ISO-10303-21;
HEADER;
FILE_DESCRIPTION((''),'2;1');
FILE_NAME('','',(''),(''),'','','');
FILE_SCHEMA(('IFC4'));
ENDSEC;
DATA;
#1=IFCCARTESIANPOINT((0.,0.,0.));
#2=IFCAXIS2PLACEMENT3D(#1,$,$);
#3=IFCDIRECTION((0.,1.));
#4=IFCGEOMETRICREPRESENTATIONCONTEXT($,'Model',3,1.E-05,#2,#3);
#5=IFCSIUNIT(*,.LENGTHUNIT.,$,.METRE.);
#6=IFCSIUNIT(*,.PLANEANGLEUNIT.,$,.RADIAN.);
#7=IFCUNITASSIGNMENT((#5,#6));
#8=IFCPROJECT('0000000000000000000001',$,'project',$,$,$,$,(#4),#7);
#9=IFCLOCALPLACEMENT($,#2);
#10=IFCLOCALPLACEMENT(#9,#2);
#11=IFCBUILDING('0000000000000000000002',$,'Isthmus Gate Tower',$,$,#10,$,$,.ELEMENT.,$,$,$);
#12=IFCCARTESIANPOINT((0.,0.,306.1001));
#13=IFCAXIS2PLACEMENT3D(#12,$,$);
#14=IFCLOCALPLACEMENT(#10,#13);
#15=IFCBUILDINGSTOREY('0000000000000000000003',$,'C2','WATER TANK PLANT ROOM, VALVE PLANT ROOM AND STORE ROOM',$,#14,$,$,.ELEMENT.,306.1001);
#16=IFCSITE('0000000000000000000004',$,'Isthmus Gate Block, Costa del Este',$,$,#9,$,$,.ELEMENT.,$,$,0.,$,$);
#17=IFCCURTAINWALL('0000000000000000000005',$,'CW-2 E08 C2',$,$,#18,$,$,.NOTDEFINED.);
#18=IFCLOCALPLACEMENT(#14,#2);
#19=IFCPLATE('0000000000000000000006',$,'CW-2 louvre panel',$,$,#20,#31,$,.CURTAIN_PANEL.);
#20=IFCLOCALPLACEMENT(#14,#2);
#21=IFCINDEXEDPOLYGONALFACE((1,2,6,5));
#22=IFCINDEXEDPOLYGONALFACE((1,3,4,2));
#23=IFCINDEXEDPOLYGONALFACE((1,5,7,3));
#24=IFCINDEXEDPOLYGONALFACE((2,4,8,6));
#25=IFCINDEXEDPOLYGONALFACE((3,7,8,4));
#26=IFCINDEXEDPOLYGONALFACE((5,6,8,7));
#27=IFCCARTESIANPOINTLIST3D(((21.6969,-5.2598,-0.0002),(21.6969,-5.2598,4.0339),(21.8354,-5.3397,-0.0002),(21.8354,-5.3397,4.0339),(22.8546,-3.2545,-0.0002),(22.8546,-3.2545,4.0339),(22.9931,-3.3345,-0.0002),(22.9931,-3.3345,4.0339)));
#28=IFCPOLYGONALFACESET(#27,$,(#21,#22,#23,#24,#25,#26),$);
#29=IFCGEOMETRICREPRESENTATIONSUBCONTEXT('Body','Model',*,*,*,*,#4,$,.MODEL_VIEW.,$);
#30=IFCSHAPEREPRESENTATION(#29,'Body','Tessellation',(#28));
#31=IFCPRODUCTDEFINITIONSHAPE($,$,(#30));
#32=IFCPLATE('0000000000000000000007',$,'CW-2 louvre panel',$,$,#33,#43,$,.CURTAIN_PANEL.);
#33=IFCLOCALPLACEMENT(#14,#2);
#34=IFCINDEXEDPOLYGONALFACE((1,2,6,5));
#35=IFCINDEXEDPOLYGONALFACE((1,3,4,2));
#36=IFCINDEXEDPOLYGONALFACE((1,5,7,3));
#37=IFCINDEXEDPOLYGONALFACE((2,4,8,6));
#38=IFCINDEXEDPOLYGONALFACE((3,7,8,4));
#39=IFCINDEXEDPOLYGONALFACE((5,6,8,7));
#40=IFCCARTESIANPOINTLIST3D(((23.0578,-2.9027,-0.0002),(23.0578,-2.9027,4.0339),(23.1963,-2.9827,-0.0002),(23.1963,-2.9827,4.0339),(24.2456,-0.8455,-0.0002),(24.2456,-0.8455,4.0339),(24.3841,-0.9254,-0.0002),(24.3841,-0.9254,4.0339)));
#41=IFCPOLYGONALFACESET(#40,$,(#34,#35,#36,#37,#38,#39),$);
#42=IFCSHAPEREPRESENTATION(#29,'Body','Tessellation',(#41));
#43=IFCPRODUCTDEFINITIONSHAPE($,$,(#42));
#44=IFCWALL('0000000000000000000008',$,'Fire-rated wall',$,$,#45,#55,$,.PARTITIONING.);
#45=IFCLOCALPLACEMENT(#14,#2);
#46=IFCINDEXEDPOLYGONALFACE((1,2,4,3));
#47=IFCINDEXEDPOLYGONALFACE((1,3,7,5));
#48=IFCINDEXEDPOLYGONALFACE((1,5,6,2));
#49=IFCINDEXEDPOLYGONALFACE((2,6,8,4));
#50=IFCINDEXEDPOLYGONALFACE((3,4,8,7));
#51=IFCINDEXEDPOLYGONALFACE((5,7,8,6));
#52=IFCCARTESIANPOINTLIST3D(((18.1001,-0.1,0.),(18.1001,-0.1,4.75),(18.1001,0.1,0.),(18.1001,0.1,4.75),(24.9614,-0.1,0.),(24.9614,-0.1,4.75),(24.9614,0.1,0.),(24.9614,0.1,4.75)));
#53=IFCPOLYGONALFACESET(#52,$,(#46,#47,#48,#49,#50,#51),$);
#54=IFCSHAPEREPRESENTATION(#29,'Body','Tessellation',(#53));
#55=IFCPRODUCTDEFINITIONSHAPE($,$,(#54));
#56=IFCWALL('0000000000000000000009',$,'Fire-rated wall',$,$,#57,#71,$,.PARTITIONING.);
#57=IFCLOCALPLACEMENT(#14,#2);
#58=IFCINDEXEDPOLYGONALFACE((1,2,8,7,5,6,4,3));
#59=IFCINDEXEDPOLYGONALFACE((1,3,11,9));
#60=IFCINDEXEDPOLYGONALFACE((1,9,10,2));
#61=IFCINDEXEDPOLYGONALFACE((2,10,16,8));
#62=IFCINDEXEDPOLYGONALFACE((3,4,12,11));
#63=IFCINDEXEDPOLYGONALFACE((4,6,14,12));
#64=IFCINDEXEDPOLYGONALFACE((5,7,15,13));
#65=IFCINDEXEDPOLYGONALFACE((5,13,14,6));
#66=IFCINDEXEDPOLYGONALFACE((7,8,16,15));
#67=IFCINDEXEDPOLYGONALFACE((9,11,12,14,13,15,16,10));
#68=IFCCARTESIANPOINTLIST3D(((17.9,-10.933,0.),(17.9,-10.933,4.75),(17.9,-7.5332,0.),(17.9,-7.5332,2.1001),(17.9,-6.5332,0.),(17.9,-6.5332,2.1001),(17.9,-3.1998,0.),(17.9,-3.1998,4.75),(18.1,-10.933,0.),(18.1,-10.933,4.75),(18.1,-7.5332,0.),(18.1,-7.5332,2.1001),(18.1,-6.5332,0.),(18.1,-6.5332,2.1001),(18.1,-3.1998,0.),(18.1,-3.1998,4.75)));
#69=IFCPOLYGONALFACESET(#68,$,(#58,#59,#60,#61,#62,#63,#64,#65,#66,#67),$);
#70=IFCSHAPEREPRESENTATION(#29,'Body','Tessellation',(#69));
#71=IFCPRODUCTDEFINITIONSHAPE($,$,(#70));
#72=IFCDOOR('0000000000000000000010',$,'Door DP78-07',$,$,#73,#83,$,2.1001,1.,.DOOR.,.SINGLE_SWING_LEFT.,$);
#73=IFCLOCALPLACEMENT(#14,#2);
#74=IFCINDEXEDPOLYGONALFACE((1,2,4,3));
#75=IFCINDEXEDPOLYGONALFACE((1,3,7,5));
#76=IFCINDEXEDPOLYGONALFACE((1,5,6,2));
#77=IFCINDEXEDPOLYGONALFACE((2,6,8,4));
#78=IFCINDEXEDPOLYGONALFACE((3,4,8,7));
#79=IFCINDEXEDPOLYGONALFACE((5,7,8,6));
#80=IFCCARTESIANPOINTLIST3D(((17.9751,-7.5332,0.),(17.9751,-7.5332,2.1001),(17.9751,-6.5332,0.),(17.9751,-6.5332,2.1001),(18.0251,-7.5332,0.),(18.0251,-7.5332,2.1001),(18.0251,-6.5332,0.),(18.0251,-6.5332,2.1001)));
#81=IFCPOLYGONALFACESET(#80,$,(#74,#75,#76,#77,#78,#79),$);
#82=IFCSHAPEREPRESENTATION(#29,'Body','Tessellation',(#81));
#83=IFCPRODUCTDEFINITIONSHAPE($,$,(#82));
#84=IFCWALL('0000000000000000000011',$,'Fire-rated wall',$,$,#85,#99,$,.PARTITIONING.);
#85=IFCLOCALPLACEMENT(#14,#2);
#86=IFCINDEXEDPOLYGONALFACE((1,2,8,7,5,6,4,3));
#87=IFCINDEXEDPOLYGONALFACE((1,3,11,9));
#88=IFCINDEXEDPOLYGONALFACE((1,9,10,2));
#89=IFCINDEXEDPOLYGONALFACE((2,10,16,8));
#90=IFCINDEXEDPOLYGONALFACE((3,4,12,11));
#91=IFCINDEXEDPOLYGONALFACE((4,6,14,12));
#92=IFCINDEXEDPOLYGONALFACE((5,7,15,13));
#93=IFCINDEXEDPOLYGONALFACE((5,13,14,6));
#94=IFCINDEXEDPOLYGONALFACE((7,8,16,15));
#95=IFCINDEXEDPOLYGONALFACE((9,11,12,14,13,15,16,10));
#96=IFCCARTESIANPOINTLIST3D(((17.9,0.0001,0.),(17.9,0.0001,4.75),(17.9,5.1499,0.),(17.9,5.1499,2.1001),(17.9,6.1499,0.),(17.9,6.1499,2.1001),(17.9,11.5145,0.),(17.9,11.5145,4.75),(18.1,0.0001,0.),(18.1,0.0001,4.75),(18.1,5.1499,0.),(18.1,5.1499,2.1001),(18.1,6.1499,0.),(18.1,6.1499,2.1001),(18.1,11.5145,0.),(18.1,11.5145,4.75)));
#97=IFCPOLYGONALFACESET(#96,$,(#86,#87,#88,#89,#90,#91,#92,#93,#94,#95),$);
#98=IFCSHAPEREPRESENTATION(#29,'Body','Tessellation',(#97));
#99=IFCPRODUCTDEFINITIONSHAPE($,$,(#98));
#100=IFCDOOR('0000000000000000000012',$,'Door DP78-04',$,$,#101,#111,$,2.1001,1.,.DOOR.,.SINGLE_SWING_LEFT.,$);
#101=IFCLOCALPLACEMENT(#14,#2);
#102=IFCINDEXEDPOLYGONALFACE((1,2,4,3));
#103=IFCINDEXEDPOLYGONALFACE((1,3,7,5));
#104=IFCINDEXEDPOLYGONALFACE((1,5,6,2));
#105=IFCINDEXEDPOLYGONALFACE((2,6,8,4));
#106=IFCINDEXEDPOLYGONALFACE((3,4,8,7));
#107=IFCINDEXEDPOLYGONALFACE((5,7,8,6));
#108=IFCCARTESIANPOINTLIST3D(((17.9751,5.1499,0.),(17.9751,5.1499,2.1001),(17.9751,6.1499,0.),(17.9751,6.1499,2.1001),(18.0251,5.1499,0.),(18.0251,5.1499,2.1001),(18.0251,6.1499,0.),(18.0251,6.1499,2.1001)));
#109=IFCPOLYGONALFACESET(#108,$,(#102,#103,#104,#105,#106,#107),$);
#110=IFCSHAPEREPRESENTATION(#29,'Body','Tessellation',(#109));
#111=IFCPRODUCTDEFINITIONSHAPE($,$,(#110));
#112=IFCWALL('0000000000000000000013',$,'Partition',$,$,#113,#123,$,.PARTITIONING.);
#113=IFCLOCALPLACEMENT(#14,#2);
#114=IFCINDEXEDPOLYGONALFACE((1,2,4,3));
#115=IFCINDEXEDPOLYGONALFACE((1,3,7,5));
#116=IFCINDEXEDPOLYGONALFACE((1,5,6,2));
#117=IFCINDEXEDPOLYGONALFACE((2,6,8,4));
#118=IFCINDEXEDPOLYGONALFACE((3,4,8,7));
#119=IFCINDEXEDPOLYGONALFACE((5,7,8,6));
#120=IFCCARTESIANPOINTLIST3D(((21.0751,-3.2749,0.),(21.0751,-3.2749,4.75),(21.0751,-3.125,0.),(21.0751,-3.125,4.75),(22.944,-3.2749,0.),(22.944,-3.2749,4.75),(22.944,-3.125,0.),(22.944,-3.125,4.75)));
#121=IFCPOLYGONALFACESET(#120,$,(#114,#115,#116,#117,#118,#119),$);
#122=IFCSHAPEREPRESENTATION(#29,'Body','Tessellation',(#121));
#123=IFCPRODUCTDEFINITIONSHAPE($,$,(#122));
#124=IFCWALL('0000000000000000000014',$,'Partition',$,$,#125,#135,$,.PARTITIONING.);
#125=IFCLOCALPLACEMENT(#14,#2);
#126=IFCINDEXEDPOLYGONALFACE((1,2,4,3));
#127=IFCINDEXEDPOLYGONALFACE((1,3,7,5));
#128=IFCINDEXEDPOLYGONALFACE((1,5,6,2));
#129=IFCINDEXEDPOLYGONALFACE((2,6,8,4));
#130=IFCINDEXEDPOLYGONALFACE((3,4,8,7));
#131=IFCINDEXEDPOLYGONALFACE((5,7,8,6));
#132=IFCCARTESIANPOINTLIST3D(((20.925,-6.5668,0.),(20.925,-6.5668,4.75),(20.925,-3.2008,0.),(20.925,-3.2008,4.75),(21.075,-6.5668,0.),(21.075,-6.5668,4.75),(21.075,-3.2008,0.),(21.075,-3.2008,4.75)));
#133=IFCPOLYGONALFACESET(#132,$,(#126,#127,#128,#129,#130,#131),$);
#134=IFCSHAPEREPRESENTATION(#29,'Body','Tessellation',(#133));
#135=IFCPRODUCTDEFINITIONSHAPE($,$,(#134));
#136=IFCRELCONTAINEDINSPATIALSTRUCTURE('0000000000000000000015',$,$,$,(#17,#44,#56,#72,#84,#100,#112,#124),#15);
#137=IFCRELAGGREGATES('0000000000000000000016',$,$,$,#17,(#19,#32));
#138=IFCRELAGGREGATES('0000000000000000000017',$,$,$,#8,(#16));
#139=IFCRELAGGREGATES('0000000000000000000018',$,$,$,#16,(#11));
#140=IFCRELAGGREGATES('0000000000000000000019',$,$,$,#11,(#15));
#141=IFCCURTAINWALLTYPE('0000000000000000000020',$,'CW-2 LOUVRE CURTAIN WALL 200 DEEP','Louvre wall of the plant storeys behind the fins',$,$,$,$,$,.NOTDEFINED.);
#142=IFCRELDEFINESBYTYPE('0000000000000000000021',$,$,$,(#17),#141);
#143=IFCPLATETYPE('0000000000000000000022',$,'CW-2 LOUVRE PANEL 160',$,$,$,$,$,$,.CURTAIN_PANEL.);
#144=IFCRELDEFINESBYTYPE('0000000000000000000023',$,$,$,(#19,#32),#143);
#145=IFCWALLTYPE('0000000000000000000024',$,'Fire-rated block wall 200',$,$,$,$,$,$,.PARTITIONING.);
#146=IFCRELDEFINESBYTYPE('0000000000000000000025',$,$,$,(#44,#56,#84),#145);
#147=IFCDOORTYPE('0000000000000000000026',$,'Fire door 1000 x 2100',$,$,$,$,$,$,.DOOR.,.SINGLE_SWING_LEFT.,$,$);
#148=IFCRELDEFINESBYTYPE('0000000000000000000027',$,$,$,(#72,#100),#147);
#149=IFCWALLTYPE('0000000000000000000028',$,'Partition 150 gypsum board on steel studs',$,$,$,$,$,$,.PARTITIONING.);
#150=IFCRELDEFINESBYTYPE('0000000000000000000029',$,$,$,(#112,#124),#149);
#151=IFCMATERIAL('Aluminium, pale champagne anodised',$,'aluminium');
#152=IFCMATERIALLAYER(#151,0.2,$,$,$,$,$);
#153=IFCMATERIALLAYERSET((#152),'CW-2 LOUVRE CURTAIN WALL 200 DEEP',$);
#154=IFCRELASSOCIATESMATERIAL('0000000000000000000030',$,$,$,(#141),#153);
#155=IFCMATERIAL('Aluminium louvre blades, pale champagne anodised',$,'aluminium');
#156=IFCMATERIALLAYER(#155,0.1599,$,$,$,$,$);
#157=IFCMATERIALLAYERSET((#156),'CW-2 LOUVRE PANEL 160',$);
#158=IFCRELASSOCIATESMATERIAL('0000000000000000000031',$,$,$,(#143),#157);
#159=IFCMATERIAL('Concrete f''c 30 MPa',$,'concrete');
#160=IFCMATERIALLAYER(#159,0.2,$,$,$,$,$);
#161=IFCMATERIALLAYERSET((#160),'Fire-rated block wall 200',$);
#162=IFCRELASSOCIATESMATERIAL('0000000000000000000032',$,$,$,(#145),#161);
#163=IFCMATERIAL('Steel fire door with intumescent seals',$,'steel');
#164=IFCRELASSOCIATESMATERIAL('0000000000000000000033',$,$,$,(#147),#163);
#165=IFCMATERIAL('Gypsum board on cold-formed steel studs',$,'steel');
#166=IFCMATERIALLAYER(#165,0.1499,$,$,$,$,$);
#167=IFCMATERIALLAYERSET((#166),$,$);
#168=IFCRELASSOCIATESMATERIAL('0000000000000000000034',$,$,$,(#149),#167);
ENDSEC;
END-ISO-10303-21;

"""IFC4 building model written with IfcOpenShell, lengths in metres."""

from ifc_helpers import new_model, si_unit, direction, frame, frame_2d, origin, origin_2d, place, context, subcontext, project, spatial, rectangle, extrude, material, layer, layer_set, type_object, element, fill, aggregate, save


model = new_model("IFC4")

# Units and contexts
model_context = context("Model", 3, precision=1e-05, world=origin(), true_north=direction((0.0, 1.0)))
body_context = subcontext(model_context, "Body", "Model", "MODEL_VIEW")
ifc_project = project(units=[si_unit("LENGTHUNIT", "METRE"), si_unit("PLANEANGLEUNIT", "RADIAN")], contexts=[model_context])

# Site, building, storey
site_placement = place(None, origin())
site = spatial("IfcSite", under=ifc_project, at=site_placement, Name="Isthmus Gate Block, Costa del Este", CompositionType="ELEMENT", RefElevation=0.0)
building_placement = place(site_placement, origin())
building = spatial("IfcBuilding", under=site, at=building_placement, Name="Isthmus Gate Tower", CompositionType="ELEMENT")
storey_placement = place(building_placement, frame((0.0, 0.0, 306.1001)))
storey = spatial("IfcBuildingStorey", under=building, at=storey_placement, Name="C2", Description="WATER TANK PLANT ROOM, VALVE PLANT ROOM AND STORE ROOM", CompositionType="ELEMENT", Elevation=306.1001)

# Curtain wall, plates
ifc_material_1 = material(Name="Aluminium, pale champagne anodised", Category="aluminium")
ifc_layer_1 = layer(ifc_material_1, 0.2)
ifc_layer_set_1 = layer_set([ifc_layer_1], Name="CW-2 LOUVRE CURTAIN WALL 200 DEEP")
curtain_wall_type = type_object("IfcCurtainWallType", Name="CW-2 LOUVRE CURTAIN WALL 200 DEEP", Description="Louvre wall of the plant storeys behind the fins", PredefinedType="NOTDEFINED", material=ifc_layer_set_1)
curtain_wall_placement = place(storey_placement, origin())
curtain_wall = element("IfcCurtainWall", 1, at=curtain_wall_placement, inside=storey, type_object=curtain_wall_type, Name="CW-2 E08 C2", PredefinedType="NOTDEFINED")
ifc_material_2 = material(Name="Aluminium louvre blades, pale champagne anodised", Category="aluminium")
ifc_layer_2 = layer(ifc_material_2, 0.1599)
ifc_layer_set_2 = layer_set([ifc_layer_2], Name="CW-2 LOUVRE PANEL 160")
plate_type = type_object("IfcPlateType", Name="CW-2 LOUVRE PANEL 160", PredefinedType="CURTAIN_PANEL", material=ifc_layer_set_2)
plate_1_placement = place(storey_placement, frame((22.345, -4.2971, -0.0002), z_axis=(0.0, 0.0, 1.0), x_axis=(0.5, 0.866025, 0.0)))
plate_1 = element("IfcPlate", 2, at=plate_1_placement, type_object=plate_type, Name="CW-2 louvre panel", PredefinedType="CURTAIN_PANEL", context=body_context, shape_type="SweptSolid", body=[
    extrude(rectangle(XDim=2.3154, YDim=0.1599, at=origin_2d()), origin(), (0.0, 0.0, 1.0), 4.0342),
])
plate_2_placement = place(storey_placement, frame((23.7209, -1.9141, -0.0002), z_axis=(0.0, 0.0, 1.0), x_axis=(0.5, 0.866025, 0.0)))
plate_2 = element("IfcPlate", 3, at=plate_2_placement, type_object=plate_type, Name="CW-2 louvre panel", PredefinedType="CURTAIN_PANEL", context=body_context, shape_type="SweptSolid", body=[
    extrude(rectangle(XDim=2.3755, YDim=0.1599, at=origin_2d()), origin(), (0.0, 0.0, 1.0), 4.0342),
])
aggregate(curtain_wall, [plate_1, plate_2])

# Wall
ifc_material_3 = material(Name="Concrete f'c 30 MPa", Category="concrete")
ifc_layer_3 = layer(ifc_material_3, 0.2)
ifc_layer_set_3 = layer_set([ifc_layer_3], Name="Fire-rated block wall 200")
wall_type_1 = type_object("IfcWallType", Name="Fire-rated block wall 200", PredefinedType="PARTITIONING", material=ifc_layer_set_3)
wall_1_placement = place(storey_placement, frame((18.1001, 0.0, 0.0), z_axis=(0.0, 0.0, 1.0), x_axis=(1.0, 0.0, 0.0)))
element("IfcWall", 4, at=wall_1_placement, inside=storey, type_object=wall_type_1, Name="Fire-rated wall", PredefinedType="PARTITIONING", context=body_context, shape_type="SweptSolid", body=[
    extrude(rectangle(XDim=6.8613, YDim=0.2, at=frame_2d((3.4307, 0.0))), origin(), (0.0, 0.0, 1.0), 4.75),
])

# Walls, openings, doors
wall_2_placement = place(storey_placement, frame((18.0, -10.9331, 0.0), z_axis=(0.0, 0.0, 1.0), x_axis=(0.0, 1.0, 0.0)))
wall_2 = element("IfcWall", 5, at=wall_2_placement, inside=storey, type_object=wall_type_1, Name="Fire-rated wall", PredefinedType="PARTITIONING", context=body_context, shape_type="SweptSolid", body=[
    extrude(rectangle(XDim=7.7332, YDim=0.2, at=frame_2d((3.8667, 0.0))), origin(), (0.0, 0.0, 1.0), 4.75),
])
opening_1_placement = place(wall_2_placement, frame((3.3999, 0.0, 0.0)))
opening_1 = element("IfcOpeningElement", 6, at=opening_1_placement, cuts=wall_2, PredefinedType="OPENING", context=body_context, shape_type="SweptSolid", body=[
    extrude(rectangle(XDim=1.0, YDim=2.1001, at=frame_2d((0.5, 1.05))), frame((0.0, 0.1099, 0.0), z_axis=(0.0, -1.0, 0.0), x_axis=(1.0, 0.0, 0.0)), (0.0, 0.0, 1.0), 0.22),
])
ifc_material_4 = material(Name="Steel fire door with intumescent seals", Category="steel")
door_type = type_object("IfcDoorType", Name="Fire door 1000 x 2100", OperationType="SINGLE_SWING_LEFT", PredefinedType="DOOR", material=ifc_material_4)
door_1_placement = place(opening_1_placement, origin())
door_1 = element("IfcDoor", 7, at=door_1_placement, inside=storey, type_object=door_type, Name="Door DP78-07", OperationType="SINGLE_SWING_LEFT", OverallHeight=2.1001, OverallWidth=1.0, PredefinedType="DOOR", context=body_context, shape_type="SweptSolid", body=[
    extrude(rectangle(XDim=1.0, YDim=2.1001, at=frame_2d((0.5, 1.05))), frame((0.0, 0.0249, 0.0), z_axis=(0.0, -1.0, 0.0), x_axis=(1.0, 0.0, 0.0)), (0.0, 0.0, 1.0), 0.05),
])
fill(opening_1, door_1)
wall_3_placement = place(storey_placement, frame((18.0, 0.0, 0.0), z_axis=(0.0, 0.0, 1.0), x_axis=(0.0, 1.0, 0.0)))
wall_3 = element("IfcWall", 8, at=wall_3_placement, inside=storey, type_object=wall_type_1, Name="Fire-rated wall", PredefinedType="PARTITIONING", context=body_context, shape_type="SweptSolid", body=[
    extrude(rectangle(XDim=11.5144, YDim=0.2, at=frame_2d((5.7573, 0.0))), origin(), (0.0, 0.0, 1.0), 4.75),
])
opening_2_placement = place(wall_3_placement, frame((5.1499, 0.0, 0.0)))
opening_2 = element("IfcOpeningElement", 9, at=opening_2_placement, cuts=wall_3, PredefinedType="OPENING", context=body_context, shape_type="SweptSolid", body=[
    extrude(rectangle(XDim=1.0, YDim=2.1001, at=frame_2d((0.5, 1.05))), frame((0.0, 0.1099, 0.0), z_axis=(0.0, -1.0, 0.0), x_axis=(1.0, 0.0, 0.0)), (0.0, 0.0, 1.0), 0.22),
])
door_2_placement = place(opening_2_placement, origin())
door_2 = element("IfcDoor", 10, at=door_2_placement, inside=storey, type_object=door_type, Name="Door DP78-04", OperationType="SINGLE_SWING_LEFT", OverallHeight=2.1001, OverallWidth=1.0, PredefinedType="DOOR", context=body_context, shape_type="SweptSolid", body=[
    extrude(rectangle(XDim=1.0, YDim=2.1001, at=frame_2d((0.5, 1.05))), frame((0.0, 0.0249, 0.0), z_axis=(0.0, -1.0, 0.0), x_axis=(1.0, 0.0, 0.0)), (0.0, 0.0, 1.0), 0.05),
])
fill(opening_2, door_2)

# Walls
ifc_material_5 = material(Name="Gypsum board on cold-formed steel studs", Category="steel")
ifc_layer_4 = layer(ifc_material_5, 0.1499)
ifc_layer_set_4 = layer_set([ifc_layer_4])
wall_type_2 = type_object("IfcWallType", Name="Partition 150 gypsum board on steel studs", PredefinedType="PARTITIONING", material=ifc_layer_set_4)
wall_4_placement = place(storey_placement, frame((21.075, -3.2, 0.0), z_axis=(0.0, 0.0, 1.0), x_axis=(1.0, 0.0, 0.0)))
element("IfcWall", 11, at=wall_4_placement, inside=storey, type_object=wall_type_2, Name="Partition", PredefinedType="PARTITIONING", context=body_context, shape_type="SweptSolid", body=[
    extrude(rectangle(XDim=1.8689, YDim=0.1499, at=frame_2d((0.9346, 0.0))), origin(), (0.0, 0.0, 1.0), 4.75),
])
wall_5_placement = place(storey_placement, frame((21.0, -6.5669, 0.0), z_axis=(0.0, 0.0, 1.0), x_axis=(0.0, 1.0, 0.0)))
element("IfcWall", 12, at=wall_5_placement, inside=storey, type_object=wall_type_2, Name="Partition", PredefinedType="PARTITIONING", context=body_context, shape_type="SweptSolid", body=[
    extrude(rectangle(XDim=3.366, YDim=0.1499, at=frame_2d((1.6831, 0.0))), origin(), (0.0, 0.0, 1.0), 4.75),
])

save(model, "model.ifc")
